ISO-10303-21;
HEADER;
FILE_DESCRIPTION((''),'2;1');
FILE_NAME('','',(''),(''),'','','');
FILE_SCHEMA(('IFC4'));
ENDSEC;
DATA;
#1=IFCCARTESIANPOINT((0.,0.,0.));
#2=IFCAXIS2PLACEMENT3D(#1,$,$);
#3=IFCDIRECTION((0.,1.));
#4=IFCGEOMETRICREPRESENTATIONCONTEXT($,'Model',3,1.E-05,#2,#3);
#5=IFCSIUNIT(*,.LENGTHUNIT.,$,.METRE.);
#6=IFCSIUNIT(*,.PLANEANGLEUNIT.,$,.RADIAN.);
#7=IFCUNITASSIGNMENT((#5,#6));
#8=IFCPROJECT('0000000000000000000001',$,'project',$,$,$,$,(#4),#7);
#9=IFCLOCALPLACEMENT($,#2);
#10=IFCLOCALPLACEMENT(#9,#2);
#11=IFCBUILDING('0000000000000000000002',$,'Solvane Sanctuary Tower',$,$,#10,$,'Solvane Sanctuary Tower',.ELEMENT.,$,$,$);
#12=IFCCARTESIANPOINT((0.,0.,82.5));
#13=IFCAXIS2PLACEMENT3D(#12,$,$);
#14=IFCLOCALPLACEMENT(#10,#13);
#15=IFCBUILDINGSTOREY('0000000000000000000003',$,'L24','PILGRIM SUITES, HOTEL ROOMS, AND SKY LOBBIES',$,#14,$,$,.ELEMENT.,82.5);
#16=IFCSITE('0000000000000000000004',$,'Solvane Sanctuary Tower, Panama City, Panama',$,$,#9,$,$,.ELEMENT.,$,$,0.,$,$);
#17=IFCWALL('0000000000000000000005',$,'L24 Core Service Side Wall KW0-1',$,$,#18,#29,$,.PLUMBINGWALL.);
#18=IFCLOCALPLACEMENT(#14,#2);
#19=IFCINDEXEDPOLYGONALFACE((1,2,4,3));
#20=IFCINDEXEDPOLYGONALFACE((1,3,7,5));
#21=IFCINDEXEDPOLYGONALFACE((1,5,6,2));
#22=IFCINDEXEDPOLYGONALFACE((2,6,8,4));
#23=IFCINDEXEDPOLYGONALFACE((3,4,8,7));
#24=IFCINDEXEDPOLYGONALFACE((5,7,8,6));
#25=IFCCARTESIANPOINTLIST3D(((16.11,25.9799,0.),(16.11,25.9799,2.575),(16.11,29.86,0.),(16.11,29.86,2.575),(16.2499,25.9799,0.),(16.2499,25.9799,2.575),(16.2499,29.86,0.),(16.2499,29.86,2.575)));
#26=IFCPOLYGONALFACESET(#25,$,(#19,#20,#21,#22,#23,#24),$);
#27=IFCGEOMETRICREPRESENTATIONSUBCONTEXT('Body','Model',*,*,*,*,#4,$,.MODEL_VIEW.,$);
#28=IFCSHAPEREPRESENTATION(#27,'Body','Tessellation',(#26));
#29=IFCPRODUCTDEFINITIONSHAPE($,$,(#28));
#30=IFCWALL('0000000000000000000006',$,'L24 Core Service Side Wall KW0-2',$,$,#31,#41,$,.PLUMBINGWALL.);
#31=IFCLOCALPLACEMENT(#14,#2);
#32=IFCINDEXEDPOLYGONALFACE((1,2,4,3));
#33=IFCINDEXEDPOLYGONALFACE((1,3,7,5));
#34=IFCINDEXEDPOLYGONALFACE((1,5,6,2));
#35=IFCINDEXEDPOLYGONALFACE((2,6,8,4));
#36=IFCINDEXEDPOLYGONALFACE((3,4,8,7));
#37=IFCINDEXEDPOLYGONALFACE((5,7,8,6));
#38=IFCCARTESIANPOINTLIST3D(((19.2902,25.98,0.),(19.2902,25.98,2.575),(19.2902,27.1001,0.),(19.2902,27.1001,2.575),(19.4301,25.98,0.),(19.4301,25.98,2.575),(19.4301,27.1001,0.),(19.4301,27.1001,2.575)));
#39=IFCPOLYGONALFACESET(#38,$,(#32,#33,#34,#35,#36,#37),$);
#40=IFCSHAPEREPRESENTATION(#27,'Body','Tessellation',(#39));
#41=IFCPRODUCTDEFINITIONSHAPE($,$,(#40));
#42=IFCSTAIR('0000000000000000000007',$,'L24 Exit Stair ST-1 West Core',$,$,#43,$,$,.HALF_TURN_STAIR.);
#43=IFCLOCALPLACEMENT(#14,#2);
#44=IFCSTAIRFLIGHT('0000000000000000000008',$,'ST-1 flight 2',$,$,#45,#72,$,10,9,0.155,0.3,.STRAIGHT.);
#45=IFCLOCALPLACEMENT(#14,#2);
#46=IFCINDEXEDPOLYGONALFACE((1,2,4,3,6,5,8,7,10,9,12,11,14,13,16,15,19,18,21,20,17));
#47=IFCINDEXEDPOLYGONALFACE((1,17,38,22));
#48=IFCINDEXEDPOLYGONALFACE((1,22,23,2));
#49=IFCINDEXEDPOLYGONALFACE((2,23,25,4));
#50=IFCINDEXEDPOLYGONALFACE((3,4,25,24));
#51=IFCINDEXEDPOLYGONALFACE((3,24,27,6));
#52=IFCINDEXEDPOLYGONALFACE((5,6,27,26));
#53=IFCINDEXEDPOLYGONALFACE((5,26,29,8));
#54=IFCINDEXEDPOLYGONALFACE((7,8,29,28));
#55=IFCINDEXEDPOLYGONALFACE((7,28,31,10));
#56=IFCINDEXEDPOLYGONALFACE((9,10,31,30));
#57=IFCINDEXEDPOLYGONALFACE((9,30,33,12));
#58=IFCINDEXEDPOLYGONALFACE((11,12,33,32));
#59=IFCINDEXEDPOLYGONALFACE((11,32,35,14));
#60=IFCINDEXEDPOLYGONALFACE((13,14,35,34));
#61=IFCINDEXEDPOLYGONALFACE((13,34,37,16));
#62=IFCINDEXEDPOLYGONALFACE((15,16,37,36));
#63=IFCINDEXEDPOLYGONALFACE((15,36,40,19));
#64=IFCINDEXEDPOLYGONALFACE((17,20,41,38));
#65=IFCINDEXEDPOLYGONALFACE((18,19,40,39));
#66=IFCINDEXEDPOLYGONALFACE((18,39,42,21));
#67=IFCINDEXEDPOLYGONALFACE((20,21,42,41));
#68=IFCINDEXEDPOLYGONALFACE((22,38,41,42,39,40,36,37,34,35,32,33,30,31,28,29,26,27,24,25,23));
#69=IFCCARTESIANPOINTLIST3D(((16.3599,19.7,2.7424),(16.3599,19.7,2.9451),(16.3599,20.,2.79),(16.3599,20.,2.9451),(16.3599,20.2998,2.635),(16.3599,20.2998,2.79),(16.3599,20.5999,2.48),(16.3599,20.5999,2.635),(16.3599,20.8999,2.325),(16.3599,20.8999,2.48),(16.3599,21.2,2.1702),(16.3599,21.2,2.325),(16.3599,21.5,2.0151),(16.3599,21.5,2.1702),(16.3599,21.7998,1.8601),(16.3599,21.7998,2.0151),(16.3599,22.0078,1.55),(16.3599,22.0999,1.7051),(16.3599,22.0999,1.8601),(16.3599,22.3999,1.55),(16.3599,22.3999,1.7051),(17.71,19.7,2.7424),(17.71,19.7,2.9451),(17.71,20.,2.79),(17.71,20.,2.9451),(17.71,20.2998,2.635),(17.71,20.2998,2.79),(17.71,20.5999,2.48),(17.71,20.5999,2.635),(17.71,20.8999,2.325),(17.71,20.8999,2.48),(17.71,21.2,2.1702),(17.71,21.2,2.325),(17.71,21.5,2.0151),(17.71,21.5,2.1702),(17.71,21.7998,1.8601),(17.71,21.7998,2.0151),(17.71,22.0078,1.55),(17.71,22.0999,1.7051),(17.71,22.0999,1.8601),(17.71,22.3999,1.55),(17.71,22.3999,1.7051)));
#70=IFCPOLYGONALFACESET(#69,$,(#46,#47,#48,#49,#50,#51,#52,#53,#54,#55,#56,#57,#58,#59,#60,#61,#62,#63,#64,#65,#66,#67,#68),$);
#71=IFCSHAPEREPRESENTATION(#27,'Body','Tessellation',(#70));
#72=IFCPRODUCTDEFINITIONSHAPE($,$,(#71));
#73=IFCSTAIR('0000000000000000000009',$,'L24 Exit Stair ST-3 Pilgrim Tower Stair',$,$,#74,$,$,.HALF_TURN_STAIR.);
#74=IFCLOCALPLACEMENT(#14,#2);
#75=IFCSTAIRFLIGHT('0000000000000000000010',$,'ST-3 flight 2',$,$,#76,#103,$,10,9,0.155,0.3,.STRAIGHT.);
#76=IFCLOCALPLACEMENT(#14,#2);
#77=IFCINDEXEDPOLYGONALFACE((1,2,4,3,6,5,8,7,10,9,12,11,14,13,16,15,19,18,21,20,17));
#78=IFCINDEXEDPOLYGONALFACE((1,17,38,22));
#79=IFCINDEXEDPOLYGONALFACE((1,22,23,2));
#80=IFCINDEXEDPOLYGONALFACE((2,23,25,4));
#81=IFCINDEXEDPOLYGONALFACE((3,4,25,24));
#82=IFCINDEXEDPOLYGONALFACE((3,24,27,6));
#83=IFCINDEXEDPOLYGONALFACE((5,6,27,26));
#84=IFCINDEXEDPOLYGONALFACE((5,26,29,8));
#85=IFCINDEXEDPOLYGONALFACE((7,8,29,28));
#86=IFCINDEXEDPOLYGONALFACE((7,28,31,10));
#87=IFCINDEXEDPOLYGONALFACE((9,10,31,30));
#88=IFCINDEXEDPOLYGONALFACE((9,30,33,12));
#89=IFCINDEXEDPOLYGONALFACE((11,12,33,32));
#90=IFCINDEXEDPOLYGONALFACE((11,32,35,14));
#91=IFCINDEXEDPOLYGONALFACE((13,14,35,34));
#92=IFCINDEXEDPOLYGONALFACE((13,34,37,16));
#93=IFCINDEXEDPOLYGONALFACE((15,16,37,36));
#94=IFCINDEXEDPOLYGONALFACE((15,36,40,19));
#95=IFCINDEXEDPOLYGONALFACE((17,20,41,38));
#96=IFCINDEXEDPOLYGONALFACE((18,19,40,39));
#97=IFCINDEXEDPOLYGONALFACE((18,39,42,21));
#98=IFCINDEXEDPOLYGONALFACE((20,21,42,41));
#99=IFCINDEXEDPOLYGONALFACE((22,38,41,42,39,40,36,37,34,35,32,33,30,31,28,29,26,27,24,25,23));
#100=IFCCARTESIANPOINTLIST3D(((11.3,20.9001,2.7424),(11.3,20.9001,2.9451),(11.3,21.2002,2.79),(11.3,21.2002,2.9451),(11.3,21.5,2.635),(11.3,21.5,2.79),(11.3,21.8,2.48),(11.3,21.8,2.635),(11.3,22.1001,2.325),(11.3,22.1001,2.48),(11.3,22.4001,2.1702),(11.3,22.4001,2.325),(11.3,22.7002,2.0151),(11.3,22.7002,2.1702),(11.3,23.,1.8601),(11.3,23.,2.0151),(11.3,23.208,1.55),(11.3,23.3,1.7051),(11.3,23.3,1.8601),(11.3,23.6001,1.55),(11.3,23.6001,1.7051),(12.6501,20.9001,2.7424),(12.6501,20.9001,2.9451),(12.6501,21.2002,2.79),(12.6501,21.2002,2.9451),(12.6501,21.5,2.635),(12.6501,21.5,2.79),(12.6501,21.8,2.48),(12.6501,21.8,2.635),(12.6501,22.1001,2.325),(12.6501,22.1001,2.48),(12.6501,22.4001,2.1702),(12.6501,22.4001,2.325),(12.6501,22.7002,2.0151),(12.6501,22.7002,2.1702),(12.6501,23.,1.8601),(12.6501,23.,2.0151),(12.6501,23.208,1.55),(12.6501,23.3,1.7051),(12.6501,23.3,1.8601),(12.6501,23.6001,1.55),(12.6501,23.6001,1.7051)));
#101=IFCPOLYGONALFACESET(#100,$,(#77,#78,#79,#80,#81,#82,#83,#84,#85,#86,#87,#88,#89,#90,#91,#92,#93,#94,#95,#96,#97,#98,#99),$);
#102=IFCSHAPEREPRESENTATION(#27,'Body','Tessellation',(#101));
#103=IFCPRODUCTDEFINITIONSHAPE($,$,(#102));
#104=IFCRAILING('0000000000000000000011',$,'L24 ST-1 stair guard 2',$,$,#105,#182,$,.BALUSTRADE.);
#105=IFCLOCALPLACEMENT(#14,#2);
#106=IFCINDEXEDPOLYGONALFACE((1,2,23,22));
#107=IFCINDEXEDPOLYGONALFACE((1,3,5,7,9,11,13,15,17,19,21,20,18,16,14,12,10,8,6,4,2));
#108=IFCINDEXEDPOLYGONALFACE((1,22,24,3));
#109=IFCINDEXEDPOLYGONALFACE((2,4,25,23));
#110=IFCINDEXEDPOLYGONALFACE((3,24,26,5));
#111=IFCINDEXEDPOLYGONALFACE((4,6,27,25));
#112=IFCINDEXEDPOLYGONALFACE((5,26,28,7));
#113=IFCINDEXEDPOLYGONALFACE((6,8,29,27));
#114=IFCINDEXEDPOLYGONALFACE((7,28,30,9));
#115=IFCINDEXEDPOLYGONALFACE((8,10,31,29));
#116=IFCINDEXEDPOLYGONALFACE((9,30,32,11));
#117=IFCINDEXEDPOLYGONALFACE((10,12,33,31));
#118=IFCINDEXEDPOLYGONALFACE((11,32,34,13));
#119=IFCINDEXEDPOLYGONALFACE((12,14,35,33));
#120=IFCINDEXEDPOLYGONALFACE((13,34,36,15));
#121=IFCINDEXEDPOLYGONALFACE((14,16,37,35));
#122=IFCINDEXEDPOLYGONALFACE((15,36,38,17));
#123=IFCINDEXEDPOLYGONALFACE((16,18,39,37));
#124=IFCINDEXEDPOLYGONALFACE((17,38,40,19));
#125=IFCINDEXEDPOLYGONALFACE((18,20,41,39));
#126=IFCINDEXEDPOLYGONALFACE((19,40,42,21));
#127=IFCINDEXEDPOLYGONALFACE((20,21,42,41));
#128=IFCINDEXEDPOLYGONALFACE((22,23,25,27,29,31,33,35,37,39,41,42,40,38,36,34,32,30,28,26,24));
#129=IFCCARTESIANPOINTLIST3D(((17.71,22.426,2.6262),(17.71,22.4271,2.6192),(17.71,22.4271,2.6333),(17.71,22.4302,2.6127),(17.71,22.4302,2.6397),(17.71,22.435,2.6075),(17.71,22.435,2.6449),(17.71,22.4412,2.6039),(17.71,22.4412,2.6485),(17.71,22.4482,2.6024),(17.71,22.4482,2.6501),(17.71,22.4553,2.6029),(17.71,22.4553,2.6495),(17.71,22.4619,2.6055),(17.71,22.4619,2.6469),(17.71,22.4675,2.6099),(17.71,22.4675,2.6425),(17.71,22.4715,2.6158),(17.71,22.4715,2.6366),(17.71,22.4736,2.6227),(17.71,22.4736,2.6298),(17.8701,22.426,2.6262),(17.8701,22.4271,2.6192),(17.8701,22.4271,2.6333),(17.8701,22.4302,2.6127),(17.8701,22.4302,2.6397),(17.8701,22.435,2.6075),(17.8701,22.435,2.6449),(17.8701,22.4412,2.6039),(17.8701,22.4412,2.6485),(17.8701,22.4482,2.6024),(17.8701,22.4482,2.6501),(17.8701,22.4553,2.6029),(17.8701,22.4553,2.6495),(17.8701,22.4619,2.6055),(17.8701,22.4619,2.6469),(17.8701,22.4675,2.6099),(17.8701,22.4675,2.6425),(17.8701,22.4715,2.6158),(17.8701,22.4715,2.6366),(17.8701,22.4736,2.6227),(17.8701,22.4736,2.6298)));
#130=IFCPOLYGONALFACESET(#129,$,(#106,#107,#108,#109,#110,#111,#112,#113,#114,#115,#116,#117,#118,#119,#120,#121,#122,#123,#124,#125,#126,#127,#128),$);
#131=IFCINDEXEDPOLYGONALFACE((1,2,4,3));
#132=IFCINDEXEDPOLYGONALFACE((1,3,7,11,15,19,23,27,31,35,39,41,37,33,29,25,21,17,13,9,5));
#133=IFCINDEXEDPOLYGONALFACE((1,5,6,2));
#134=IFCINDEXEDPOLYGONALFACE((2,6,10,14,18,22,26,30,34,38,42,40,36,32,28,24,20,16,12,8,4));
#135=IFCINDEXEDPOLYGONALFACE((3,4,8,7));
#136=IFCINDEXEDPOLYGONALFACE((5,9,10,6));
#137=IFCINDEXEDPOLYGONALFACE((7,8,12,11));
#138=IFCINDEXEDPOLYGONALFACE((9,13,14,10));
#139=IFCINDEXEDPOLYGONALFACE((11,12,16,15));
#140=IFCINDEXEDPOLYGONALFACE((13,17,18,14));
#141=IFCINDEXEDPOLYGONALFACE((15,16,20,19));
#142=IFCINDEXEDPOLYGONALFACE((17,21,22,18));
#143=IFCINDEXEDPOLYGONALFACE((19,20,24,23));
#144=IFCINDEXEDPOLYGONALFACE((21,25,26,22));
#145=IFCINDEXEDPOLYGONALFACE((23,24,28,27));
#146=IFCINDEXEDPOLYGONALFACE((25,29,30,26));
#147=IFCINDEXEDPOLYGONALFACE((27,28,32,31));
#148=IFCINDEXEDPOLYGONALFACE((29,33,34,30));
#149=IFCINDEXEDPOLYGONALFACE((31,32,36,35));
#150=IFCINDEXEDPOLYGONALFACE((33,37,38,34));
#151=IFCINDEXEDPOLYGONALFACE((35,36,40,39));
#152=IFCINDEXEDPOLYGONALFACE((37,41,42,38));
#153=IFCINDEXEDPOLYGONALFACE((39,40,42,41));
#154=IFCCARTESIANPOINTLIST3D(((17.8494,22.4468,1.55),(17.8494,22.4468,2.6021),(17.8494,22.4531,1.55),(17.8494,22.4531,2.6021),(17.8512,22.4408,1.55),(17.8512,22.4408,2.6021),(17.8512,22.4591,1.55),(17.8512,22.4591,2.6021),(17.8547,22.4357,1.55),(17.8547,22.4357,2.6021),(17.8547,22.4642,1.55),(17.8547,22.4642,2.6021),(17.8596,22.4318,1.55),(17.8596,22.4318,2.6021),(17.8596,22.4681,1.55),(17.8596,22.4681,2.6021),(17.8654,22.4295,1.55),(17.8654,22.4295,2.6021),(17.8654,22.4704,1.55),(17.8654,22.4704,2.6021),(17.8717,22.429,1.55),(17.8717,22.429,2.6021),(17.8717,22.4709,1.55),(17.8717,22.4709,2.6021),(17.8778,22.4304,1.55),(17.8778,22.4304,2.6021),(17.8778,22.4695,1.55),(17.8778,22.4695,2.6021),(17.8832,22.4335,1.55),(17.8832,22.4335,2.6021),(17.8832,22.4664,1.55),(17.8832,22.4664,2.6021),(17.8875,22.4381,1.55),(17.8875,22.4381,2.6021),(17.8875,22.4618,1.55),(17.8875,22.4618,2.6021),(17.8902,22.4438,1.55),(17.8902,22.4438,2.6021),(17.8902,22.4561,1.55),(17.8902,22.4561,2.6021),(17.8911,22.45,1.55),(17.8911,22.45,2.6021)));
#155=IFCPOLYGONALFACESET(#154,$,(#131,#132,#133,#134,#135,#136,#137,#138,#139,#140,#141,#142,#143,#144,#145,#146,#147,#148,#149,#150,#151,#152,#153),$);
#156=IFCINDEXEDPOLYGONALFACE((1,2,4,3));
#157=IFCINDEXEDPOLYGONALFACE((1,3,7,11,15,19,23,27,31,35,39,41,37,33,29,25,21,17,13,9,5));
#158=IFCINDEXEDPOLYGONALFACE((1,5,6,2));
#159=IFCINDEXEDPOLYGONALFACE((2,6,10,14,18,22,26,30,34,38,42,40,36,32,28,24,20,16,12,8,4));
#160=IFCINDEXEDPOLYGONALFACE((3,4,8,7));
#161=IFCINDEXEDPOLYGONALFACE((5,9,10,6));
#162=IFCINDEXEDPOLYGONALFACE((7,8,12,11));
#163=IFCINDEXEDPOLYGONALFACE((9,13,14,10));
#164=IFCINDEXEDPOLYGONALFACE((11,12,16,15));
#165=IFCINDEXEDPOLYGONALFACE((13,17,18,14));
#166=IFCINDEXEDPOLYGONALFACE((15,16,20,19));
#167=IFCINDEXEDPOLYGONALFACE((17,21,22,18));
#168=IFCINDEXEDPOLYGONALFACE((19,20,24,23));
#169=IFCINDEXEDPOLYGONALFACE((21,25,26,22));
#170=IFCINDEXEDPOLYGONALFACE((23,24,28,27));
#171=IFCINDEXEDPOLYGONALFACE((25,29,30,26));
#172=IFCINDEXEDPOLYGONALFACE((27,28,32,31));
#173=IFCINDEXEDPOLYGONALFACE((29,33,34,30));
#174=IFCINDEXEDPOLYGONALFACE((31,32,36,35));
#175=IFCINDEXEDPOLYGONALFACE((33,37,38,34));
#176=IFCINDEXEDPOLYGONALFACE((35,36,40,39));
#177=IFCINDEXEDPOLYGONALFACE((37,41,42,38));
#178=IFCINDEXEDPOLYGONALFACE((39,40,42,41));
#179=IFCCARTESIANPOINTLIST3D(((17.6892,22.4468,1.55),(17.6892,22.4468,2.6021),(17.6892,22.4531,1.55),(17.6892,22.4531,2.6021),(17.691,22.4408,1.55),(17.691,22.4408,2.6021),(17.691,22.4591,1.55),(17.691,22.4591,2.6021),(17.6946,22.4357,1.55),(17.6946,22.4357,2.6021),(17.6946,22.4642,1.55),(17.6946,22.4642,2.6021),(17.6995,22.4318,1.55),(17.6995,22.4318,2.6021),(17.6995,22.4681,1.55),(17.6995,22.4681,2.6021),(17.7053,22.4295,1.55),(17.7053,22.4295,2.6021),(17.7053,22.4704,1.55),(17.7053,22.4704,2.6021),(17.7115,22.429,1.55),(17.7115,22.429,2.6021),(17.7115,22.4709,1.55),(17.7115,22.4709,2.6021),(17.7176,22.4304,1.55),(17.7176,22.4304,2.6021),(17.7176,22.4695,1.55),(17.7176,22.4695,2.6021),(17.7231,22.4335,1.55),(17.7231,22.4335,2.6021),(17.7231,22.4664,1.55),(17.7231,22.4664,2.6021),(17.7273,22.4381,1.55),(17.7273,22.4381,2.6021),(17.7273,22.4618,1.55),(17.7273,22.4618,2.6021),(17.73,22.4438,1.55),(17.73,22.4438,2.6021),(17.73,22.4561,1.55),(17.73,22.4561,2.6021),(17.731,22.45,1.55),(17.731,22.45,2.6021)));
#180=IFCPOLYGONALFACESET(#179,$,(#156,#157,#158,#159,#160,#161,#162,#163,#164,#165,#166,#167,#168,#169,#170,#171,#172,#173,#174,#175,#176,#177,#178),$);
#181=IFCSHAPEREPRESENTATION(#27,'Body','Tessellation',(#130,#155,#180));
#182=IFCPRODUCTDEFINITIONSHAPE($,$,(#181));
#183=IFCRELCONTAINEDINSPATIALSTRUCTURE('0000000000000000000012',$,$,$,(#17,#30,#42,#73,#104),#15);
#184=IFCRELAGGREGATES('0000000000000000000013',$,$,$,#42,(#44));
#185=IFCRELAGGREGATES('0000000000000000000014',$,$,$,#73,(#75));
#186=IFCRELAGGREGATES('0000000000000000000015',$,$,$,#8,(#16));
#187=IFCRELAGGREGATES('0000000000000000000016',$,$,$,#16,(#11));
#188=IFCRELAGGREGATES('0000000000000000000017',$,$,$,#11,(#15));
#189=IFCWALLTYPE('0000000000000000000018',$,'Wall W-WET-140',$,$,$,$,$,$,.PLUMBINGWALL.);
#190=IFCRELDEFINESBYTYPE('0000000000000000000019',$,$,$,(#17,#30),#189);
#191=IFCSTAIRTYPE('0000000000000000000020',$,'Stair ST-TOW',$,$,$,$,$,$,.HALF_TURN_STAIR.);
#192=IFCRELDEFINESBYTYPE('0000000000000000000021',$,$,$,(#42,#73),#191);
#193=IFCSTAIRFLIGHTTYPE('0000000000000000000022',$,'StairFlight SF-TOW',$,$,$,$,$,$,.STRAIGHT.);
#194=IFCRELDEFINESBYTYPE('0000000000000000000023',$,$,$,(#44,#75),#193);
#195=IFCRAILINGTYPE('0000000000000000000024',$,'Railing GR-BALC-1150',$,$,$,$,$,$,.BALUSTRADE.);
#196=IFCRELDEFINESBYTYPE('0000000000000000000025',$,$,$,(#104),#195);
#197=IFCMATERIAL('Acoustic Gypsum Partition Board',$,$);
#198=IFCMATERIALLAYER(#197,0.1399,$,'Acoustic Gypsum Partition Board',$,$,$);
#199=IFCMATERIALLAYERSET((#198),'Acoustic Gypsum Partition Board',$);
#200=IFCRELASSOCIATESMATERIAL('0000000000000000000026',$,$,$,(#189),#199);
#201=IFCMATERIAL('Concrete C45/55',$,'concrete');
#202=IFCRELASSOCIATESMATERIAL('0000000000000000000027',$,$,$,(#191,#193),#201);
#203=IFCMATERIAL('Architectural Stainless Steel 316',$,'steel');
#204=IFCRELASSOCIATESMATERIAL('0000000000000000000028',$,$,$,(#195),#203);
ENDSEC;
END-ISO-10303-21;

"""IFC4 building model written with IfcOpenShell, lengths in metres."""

from ifc_helpers import new_model, si_unit, direction, frame, frame_2d, origin, origin_2d, place, context, subcontext, project, spatial, polyline, rectangle, circle, outline, extrude, material, layer, layer_set, type_object, element, aggregate, save


model = new_model("IFC4")

# Units and contexts
model_context = context("Model", 3, precision=1e-05, world=origin(), true_north=direction((0.0, 1.0)))
body_context = subcontext(model_context, "Body", "Model", "MODEL_VIEW")
ifc_project = project(units=[si_unit("LENGTHUNIT", "METRE"), si_unit("PLANEANGLEUNIT", "RADIAN")], contexts=[model_context])

# Site, building, storey
site_placement = place(None, origin())
site = spatial("IfcSite", under=ifc_project, at=site_placement, Name="Solvane Sanctuary Tower, Panama City, Panama", CompositionType="ELEMENT", RefElevation=0.0)
building_placement = place(site_placement, origin())
building = spatial("IfcBuilding", under=site, at=building_placement, Name="Solvane Sanctuary Tower", LongName="Solvane Sanctuary Tower", CompositionType="ELEMENT")
storey_placement = place(building_placement, frame((0.0, 0.0, 82.5)))
storey = spatial("IfcBuildingStorey", under=building, at=storey_placement, Name="L24", Description="PILGRIM SUITES, HOTEL ROOMS, AND SKY LOBBIES", CompositionType="ELEMENT", Elevation=82.5)

# Shared definitions
ifc_material_1 = material(Name="Acoustic Gypsum Partition Board")

# Shared definitions
ifc_material_2 = material(Name="Architectural Stainless Steel 316", Category="steel")

# Walls
ifc_layer_1 = layer(ifc_material_1, 0.1399, Name="Acoustic Gypsum Partition Board")
ifc_layer_set_1 = layer_set([ifc_layer_1], Name="Acoustic Gypsum Partition Board")
wall_type_1 = type_object("IfcWallType", Name="Wall W-WET-140", PredefinedType="PLUMBINGWALL", material=ifc_layer_set_1)
wall_1_placement = place(storey_placement, frame((16.1799, 25.98, 0.0), z_axis=(0.0, 0.0, 1.0), x_axis=(0.0, 1.0, 0.0)))
element("IfcWall", 1, at=wall_1_placement, inside=storey, type_object=wall_type_1, Name="L24 Core Service Side Wall KW0-1", PredefinedType="PLUMBINGWALL", context=body_context, shape_type="SweptSolid", body=[
    extrude(rectangle(XDim=3.8801, YDim=0.1399, at=frame_2d((1.9399, 0.0))), origin(), (0.0, 0.0, 1.0), 2.575),
])
wall_2_placement = place(storey_placement, frame((19.3601, 25.98, 0.0), z_axis=(0.0, 0.0, 1.0), x_axis=(0.0, 1.0, 0.0)))
element("IfcWall", 2, at=wall_2_placement, inside=storey, type_object=wall_type_1, Name="L24 Core Service Side Wall KW0-2", PredefinedType="PLUMBINGWALL", context=body_context, shape_type="SweptSolid", body=[
    extrude(rectangle(XDim=1.1201, YDim=0.1399, at=frame_2d((0.5601, 0.0))), origin(), (0.0, 0.0, 1.0), 2.575),
])

# Stairs, stair flights
ifc_material_3 = material(Name="Concrete C45/55", Category="concrete")
stair_type = type_object("IfcStairType", Name="Stair ST-TOW", PredefinedType="HALF_TURN_STAIR", material=ifc_material_3)
stair_1_placement = place(storey_placement, origin())
stair_1 = element("IfcStair", 3, at=stair_1_placement, inside=storey, type_object=stair_type, Name="L24 Exit Stair ST-1 West Core", PredefinedType="HALF_TURN_STAIR")
stair_flight_type = type_object("IfcStairFlightType", Name="StairFlight SF-TOW", PredefinedType="STRAIGHT", material=ifc_material_3)
stair_flight_1_placement = place(storey_placement, frame((17.0349, 22.3999, 1.55), z_axis=(0.0, 0.0, 1.0), x_axis=(0.0, -1.0, 0.0)))
stair_flight_1 = element("IfcStairFlight", 4, at=stair_flight_1_placement, type_object=stair_flight_type, Name="ST-1 flight 2", NumberOfRisers=10, NumberOfTreads=9, PredefinedType="STRAIGHT", RiserHeight=0.155, TreadLength=0.3, context=body_context, shape_type="SweptSolid", body=[
    extrude(outline(polyline([(0.0, 0.0), (0.0, 0.155), (0.3, 0.155), (0.3, 0.3101), (0.6001, 0.3101), (0.6001, 0.4651), (0.8999, 0.4651), (0.8999, 0.6201), (1.2, 0.6201), (1.2, 0.7749), (1.5, 0.7749), (1.5, 0.9299), (1.8, 0.9299), (1.8, 1.085), (2.1001, 1.085), (2.1001, 1.24), (2.3999, 1.24), (2.3999, 1.395), (2.7, 1.395), (2.7, 1.55), (2.7, 1.1924), (0.3921, 0.0), (0.0, 0.0)])), frame((0.0, 0.675, 0.0), z_axis=(0.0, -1.0, 0.0), x_axis=(1.0, 0.0, 0.0)), (0.0, 0.0, 1.0), 1.3501),
])
aggregate(stair_1, [stair_flight_1])
stair_2_placement = place(storey_placement, origin())
stair_2 = element("IfcStair", 5, at=stair_2_placement, inside=storey, type_object=stair_type, Name="L24 Exit Stair ST-3 Pilgrim Tower Stair", PredefinedType="HALF_TURN_STAIR")
stair_flight_2_placement = place(storey_placement, frame((11.9751, 23.6001, 1.55), z_axis=(0.0, 0.0, 1.0), x_axis=(0.0, -1.0, 0.0)))
stair_flight_2 = element("IfcStairFlight", 6, at=stair_flight_2_placement, type_object=stair_flight_type, Name="ST-3 flight 2", NumberOfRisers=10, NumberOfTreads=9, PredefinedType="STRAIGHT", RiserHeight=0.155, TreadLength=0.3, context=body_context, shape_type="SweptSolid", body=[
    extrude(outline(polyline([(0.0, 0.0), (0.0, 0.155), (0.3, 0.155), (0.3, 0.3101), (0.6001, 0.3101), (0.6001, 0.4651), (0.8999, 0.4651), (0.8999, 0.6201), (1.2, 0.6201), (1.2, 0.7749), (1.5, 0.7749), (1.5, 0.9299), (1.8, 0.9299), (1.8, 1.085), (2.1001, 1.085), (2.1001, 1.24), (2.3999, 1.24), (2.3999, 1.395), (2.7, 1.395), (2.7, 1.55), (2.7, 1.1924), (0.3921, 0.0), (0.0, 0.0)])), frame((0.0, 0.675, 0.0), z_axis=(0.0, -1.0, 0.0), x_axis=(1.0, 0.0, 0.0)), (0.0, 0.0, 1.0), 1.3501),
])
aggregate(stair_2, [stair_flight_2])

# Railing
railing_type_1 = type_object("IfcRailingType", Name="Railing GR-BALC-1150", PredefinedType="BALUSTRADE", material=ifc_material_2)
railing_1_placement = place(storey_placement, frame((17.8701, 22.45, 1.55)))
element("IfcRailing", 7, at=railing_1_placement, inside=storey, type_object=railing_type_1, Name="L24 ST-1 stair guard 2", PredefinedType="BALUSTRADE", context=body_context, shape_type="SweptSolid", body=[
    extrude(circle(Radius=0.0239, at=origin_2d()), frame((0.0, 0.0, 1.0762), z_axis=(-1.0, 0.0, 0.0), x_axis=(0.0, -1.0, 0.0)), (0.0, 0.0, 1.0), 0.1602),
    extrude(circle(Radius=0.021, at=origin_2d()), origin(), (0.0, 0.0, 1.0), 1.052),
    extrude(circle(Radius=0.021, at=origin_2d()), frame((-0.1602, 0.0, 0.0)), (0.0, 0.0, 1.0), 1.052),
])

save(model, "model.ifc")
